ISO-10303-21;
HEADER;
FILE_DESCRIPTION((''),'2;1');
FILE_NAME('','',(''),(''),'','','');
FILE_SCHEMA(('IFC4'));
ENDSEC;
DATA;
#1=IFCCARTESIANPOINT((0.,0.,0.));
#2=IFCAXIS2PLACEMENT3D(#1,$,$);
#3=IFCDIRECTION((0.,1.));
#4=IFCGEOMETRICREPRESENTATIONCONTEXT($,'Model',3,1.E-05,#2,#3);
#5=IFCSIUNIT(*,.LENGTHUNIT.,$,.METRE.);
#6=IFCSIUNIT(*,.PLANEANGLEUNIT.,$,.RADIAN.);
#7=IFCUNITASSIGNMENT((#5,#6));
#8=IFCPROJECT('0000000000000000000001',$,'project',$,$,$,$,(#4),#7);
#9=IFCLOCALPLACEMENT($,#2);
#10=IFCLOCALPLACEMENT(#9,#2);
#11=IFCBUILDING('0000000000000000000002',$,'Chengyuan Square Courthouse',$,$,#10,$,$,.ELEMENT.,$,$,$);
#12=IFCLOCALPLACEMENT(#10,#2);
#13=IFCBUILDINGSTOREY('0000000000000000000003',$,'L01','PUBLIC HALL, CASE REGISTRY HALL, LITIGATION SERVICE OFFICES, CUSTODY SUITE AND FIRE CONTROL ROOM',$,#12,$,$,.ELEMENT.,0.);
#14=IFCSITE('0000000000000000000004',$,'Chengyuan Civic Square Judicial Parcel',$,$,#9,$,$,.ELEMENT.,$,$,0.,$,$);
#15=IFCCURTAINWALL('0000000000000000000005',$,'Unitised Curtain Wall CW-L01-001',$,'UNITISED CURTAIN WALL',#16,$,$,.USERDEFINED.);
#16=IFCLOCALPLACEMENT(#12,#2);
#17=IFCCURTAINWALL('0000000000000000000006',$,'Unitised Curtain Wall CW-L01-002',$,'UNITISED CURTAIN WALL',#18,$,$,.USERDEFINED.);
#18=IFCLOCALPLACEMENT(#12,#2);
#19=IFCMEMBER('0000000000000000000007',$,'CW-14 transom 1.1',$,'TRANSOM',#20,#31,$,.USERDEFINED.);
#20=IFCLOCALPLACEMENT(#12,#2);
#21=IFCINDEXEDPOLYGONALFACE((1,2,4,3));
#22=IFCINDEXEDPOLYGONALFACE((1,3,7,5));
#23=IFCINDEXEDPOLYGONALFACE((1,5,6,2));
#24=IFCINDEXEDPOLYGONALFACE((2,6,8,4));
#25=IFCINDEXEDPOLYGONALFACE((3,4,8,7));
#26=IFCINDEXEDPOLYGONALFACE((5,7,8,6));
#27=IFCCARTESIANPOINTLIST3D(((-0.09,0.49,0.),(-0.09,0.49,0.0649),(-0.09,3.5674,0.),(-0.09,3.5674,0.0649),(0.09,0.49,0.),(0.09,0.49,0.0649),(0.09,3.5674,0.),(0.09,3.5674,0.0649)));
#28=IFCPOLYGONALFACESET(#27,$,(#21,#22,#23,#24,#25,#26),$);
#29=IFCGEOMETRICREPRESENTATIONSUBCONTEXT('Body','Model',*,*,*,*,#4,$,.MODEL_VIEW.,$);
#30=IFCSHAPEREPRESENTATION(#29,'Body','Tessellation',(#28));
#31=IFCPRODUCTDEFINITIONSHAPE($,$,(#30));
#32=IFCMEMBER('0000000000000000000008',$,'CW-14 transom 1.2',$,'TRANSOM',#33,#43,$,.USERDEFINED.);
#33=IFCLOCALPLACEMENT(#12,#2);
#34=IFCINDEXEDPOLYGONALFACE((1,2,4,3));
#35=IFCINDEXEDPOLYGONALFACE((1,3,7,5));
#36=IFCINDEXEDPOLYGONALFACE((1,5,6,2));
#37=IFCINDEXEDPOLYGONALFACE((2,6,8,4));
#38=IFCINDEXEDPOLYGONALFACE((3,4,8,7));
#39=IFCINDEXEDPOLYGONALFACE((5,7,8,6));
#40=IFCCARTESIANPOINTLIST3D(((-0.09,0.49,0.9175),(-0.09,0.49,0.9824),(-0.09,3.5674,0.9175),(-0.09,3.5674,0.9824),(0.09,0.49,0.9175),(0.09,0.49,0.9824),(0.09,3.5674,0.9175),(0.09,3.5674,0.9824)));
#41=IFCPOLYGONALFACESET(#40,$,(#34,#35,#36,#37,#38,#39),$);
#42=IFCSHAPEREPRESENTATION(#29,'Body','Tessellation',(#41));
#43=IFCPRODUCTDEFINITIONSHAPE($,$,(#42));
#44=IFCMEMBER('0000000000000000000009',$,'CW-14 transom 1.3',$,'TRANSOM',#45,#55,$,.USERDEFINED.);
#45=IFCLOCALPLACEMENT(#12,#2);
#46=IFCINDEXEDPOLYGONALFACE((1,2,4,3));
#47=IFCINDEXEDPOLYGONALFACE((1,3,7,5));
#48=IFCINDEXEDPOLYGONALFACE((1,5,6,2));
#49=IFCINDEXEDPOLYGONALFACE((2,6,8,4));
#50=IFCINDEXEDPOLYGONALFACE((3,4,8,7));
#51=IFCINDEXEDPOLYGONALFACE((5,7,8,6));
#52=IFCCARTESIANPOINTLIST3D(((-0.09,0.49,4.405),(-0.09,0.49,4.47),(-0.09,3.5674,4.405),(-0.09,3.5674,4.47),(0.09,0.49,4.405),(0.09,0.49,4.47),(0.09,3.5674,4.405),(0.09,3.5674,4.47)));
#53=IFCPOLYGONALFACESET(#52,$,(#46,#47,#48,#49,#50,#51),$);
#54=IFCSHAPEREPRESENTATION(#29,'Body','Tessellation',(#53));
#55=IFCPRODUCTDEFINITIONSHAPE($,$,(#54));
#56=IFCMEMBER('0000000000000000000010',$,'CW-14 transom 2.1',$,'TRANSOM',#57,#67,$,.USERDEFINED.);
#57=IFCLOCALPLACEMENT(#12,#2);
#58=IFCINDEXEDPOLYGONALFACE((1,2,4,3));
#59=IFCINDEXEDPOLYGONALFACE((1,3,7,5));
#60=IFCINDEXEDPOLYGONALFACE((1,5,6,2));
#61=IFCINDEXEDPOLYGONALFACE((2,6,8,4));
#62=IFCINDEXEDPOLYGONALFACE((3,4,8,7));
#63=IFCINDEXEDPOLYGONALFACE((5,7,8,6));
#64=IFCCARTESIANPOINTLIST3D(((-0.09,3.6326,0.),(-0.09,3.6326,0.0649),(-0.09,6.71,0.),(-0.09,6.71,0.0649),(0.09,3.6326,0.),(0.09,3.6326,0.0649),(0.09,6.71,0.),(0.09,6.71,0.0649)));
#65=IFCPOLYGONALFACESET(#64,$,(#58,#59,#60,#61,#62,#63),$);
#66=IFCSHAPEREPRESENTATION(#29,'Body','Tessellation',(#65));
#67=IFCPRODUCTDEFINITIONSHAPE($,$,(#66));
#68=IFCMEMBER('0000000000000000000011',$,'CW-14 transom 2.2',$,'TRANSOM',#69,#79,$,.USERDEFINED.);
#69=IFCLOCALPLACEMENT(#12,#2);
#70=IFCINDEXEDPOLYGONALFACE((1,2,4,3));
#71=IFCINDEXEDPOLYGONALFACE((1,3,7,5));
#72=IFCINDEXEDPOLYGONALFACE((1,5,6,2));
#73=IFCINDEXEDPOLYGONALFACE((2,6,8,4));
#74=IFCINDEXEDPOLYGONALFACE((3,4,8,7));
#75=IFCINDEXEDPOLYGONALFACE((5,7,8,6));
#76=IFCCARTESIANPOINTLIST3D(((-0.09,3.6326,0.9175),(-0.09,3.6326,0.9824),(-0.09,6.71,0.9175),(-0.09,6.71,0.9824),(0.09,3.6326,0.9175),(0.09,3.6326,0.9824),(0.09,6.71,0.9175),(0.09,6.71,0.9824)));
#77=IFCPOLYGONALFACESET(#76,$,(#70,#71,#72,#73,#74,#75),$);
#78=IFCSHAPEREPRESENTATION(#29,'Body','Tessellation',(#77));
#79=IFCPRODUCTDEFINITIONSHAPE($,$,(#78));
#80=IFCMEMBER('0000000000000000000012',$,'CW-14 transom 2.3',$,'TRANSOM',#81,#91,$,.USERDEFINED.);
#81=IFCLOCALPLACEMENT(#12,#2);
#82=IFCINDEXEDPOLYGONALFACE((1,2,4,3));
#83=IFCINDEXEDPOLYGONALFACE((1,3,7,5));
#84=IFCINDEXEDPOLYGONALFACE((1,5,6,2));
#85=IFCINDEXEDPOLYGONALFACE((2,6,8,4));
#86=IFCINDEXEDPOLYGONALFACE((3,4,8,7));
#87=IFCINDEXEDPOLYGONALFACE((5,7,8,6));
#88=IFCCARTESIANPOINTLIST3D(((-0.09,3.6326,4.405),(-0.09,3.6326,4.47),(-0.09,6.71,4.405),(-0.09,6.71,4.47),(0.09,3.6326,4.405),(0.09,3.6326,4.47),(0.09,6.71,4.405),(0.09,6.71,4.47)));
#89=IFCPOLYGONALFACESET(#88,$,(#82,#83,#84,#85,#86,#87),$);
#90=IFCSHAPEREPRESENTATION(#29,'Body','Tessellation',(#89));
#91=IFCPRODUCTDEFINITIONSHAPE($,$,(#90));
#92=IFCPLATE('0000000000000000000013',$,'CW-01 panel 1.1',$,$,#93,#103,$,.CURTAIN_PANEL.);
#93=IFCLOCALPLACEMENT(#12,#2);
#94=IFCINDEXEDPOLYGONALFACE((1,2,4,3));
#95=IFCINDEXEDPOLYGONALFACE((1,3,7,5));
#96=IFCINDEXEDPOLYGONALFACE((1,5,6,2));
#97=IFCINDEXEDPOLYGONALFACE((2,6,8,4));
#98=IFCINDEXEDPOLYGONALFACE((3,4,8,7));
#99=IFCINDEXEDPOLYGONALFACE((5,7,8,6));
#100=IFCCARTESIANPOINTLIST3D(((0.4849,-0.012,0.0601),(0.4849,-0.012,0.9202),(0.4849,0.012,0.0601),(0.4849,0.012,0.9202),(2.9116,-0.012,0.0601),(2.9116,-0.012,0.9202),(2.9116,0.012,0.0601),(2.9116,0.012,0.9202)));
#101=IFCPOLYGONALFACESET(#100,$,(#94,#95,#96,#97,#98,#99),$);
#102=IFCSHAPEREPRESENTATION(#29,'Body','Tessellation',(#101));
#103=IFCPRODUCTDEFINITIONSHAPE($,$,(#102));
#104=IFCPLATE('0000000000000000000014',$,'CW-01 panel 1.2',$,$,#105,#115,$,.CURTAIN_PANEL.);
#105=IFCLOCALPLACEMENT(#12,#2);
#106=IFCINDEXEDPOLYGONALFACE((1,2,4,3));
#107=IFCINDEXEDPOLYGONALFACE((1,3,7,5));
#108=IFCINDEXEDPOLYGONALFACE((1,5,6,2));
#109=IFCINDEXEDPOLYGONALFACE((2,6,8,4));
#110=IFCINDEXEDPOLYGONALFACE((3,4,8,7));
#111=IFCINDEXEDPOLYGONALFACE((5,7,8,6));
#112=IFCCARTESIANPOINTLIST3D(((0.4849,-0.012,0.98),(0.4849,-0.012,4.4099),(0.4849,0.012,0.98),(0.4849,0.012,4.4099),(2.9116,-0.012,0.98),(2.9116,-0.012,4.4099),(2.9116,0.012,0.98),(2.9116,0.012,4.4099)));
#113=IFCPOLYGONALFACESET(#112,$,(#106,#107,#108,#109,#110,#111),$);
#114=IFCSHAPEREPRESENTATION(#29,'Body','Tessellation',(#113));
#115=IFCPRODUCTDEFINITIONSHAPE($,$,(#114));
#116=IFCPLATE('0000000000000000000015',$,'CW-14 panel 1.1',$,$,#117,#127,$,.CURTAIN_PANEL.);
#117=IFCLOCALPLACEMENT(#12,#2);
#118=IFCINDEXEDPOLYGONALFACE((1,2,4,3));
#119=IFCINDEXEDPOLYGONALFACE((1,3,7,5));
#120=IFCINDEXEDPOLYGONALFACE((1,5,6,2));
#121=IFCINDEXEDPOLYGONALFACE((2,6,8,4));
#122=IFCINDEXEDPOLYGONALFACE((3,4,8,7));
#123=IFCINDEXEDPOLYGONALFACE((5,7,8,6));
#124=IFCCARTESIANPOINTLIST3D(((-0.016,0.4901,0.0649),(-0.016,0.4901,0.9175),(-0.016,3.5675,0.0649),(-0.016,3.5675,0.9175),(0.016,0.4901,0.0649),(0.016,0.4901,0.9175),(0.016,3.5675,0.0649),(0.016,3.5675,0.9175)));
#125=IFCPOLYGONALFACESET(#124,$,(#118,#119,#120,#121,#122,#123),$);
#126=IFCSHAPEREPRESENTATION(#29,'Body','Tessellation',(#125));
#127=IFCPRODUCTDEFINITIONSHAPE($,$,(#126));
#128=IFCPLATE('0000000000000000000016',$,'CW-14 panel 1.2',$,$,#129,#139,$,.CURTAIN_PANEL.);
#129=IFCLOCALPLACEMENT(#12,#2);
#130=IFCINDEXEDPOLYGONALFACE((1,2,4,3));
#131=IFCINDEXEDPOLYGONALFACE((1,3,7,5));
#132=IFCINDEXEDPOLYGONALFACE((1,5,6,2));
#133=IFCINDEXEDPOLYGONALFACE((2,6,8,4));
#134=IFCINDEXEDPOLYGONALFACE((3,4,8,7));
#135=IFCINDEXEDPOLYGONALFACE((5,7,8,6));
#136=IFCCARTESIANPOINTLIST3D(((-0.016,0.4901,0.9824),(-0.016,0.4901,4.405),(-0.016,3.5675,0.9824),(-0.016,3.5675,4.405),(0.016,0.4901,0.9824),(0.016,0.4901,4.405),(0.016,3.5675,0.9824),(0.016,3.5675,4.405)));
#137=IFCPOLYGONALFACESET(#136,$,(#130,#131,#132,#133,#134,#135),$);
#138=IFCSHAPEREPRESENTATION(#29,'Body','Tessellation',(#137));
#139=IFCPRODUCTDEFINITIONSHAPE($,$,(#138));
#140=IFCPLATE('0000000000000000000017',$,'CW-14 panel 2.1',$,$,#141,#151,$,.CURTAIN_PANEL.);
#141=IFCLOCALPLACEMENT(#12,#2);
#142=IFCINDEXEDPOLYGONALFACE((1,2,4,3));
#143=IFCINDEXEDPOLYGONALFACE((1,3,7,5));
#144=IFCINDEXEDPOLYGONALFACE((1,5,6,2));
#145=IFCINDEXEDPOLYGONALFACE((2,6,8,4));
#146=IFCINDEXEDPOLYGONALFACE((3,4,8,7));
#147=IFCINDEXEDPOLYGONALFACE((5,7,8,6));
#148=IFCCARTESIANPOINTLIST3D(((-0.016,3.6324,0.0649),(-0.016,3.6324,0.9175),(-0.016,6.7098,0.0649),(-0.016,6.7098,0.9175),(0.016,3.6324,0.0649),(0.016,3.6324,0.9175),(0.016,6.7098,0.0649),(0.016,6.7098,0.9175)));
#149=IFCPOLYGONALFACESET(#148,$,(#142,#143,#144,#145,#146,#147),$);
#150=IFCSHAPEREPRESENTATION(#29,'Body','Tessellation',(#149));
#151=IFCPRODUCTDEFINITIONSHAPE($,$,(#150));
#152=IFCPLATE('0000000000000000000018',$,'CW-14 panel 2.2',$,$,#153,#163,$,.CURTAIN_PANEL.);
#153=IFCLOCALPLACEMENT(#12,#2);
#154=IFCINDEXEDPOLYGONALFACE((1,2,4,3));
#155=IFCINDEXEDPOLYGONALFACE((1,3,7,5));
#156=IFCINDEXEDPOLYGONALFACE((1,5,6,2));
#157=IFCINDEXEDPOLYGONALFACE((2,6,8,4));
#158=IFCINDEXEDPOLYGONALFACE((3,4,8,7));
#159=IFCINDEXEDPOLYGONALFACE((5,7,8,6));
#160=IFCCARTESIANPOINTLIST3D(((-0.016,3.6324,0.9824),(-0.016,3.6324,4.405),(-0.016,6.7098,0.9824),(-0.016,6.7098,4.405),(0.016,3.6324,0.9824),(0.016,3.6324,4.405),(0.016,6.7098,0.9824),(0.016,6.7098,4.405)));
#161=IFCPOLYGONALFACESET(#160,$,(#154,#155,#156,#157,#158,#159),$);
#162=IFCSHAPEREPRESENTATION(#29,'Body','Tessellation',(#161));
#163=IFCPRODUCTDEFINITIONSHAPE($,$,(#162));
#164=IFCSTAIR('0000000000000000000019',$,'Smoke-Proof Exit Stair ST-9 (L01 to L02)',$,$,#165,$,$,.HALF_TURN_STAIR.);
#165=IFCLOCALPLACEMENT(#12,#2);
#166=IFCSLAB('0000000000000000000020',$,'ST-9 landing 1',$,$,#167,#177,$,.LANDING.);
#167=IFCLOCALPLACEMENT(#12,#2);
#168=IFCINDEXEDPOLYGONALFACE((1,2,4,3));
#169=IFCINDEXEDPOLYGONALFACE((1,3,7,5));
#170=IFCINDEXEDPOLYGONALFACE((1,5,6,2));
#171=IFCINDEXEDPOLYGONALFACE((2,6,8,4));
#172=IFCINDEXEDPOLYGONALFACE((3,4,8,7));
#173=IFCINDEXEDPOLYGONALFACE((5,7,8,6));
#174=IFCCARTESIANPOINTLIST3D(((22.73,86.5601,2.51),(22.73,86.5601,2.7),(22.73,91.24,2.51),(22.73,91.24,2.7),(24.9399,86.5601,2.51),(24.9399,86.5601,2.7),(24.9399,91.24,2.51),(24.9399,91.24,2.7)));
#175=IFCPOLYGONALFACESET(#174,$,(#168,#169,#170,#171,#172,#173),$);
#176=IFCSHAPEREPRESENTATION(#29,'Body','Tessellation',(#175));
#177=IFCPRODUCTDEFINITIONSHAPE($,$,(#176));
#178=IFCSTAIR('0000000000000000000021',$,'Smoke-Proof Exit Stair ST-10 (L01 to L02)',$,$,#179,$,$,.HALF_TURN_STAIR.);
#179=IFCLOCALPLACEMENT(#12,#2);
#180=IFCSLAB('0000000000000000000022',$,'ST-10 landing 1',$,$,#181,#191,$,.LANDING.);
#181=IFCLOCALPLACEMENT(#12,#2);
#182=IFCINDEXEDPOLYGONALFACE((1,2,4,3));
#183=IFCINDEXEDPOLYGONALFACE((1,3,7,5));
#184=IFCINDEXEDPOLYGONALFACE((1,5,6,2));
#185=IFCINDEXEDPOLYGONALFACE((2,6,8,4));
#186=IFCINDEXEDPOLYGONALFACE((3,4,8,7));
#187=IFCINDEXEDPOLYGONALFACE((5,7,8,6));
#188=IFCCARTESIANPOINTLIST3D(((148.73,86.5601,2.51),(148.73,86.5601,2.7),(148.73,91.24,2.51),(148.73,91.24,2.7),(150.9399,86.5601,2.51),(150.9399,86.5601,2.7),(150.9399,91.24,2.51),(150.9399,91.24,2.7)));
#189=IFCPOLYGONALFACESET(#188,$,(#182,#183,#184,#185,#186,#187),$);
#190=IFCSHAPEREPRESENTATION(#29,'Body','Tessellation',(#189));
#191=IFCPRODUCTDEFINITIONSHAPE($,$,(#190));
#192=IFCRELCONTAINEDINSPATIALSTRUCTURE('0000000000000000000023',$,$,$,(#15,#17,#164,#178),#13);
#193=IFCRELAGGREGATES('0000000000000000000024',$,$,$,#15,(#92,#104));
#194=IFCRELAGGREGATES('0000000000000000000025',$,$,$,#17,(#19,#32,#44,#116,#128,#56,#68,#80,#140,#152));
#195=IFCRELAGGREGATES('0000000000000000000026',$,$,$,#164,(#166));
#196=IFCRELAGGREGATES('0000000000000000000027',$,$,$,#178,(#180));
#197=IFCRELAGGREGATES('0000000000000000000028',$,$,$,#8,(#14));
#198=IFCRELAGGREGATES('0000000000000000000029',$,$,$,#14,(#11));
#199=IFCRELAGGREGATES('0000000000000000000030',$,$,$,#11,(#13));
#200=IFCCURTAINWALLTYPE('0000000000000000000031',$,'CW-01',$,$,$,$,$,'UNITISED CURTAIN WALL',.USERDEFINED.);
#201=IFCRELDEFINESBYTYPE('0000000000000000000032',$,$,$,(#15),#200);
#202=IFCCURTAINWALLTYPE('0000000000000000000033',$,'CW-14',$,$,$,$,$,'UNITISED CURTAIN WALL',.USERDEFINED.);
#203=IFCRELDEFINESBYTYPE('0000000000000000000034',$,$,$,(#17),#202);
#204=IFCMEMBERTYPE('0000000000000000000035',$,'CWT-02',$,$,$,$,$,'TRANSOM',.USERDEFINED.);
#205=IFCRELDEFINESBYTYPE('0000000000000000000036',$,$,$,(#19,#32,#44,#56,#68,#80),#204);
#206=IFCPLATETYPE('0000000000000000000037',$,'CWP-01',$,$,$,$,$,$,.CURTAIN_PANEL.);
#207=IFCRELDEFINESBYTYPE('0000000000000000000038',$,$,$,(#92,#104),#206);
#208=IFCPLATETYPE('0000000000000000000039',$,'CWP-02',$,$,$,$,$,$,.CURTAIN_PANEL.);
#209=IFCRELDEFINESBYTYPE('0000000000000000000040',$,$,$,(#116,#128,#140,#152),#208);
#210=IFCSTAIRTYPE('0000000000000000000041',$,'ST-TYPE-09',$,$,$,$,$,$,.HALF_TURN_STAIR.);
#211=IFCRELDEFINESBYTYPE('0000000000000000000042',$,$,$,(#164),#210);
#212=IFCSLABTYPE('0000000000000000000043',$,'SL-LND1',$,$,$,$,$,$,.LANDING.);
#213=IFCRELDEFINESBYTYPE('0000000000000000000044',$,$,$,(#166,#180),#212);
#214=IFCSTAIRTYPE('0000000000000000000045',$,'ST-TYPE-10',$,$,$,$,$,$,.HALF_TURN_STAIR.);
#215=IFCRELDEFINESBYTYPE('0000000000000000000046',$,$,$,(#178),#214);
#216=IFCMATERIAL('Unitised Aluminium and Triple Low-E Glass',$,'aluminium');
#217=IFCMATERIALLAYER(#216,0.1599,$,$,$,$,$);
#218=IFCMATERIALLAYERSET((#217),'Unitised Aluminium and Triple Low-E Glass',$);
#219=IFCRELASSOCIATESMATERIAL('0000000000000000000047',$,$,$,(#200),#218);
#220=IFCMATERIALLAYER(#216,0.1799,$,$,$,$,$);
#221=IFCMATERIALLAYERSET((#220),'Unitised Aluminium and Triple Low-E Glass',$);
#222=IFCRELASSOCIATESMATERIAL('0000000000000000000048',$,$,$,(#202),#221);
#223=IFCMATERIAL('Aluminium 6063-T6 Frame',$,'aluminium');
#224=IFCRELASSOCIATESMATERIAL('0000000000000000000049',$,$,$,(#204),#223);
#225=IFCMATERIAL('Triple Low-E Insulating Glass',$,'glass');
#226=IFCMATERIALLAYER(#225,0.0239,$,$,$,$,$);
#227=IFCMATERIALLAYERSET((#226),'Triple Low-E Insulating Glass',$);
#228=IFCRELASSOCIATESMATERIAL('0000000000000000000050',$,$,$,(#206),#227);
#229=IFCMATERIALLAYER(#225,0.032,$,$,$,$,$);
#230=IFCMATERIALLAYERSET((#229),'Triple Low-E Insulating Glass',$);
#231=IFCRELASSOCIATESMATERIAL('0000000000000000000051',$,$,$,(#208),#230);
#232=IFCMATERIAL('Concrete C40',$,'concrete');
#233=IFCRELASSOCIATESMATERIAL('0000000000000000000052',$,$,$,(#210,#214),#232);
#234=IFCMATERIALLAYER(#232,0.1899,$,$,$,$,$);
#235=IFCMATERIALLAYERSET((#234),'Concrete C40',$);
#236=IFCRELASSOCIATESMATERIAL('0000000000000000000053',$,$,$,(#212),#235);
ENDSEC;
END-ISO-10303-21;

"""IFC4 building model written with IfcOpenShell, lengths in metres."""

from ifc_helpers import new_model, si_unit, direction, frame, origin, origin_2d, place, context, subcontext, project, spatial, polyline, rectangle, outline, extrude, material, layer, layer_set, material_profile, profile_set, type_object, element, aggregate, save


model = new_model("IFC4")

# Units and contexts
model_context = context("Model", 3, precision=1e-05, world=origin(), true_north=direction((0.0, 1.0)))
body_context = subcontext(model_context, "Body", "Model", "MODEL_VIEW")
ifc_project = project(units=[si_unit("LENGTHUNIT", "METRE"), si_unit("PLANEANGLEUNIT", "RADIAN")], contexts=[model_context])

# Site, building, storey
site_placement = place(None, origin())
site = spatial("IfcSite", under=ifc_project, at=site_placement, Name="Chengyuan Civic Square Judicial Parcel", CompositionType="ELEMENT", RefElevation=0.0)
building_placement = place(site_placement, origin())
building = spatial("IfcBuilding", under=site, at=building_placement, Name="Chengyuan Square Courthouse", CompositionType="ELEMENT")
storey_placement = place(building_placement, origin())
storey = spatial("IfcBuildingStorey", under=building, at=storey_placement, Name="L01", Description="PUBLIC HALL, CASE REGISTRY HALL, LITIGATION SERVICE OFFICES, CUSTODY SUITE AND FIRE CONTROL ROOM", CompositionType="ELEMENT", Elevation=0.0)

# Shared definitions
ifc_material_1 = material(Name="Concrete C40", Category="concrete")

# Curtain walls
ifc_material_2 = material(Name="Unitised Aluminium and Triple Low-E Glass", Category="aluminium")
ifc_layer_1 = layer(ifc_material_2, 0.1599)
ifc_layer_set_1 = layer_set([ifc_layer_1], Name="Unitised Aluminium and Triple Low-E Glass")
curtain_wall_type_1 = type_object("IfcCurtainWallType", Name="CW-01", ElementType="UNITISED CURTAIN WALL", PredefinedType="USERDEFINED", material=ifc_layer_set_1)
curtain_wall_1_placement = place(storey_placement, origin())
curtain_wall_1 = element("IfcCurtainWall", 1, at=curtain_wall_1_placement, inside=storey, type_object=curtain_wall_type_1, Name="Unitised Curtain Wall CW-L01-001", ObjectType="UNITISED CURTAIN WALL", PredefinedType="USERDEFINED")
ifc_material_3 = material(Name="Aluminium 6063-T6 Frame", Category="aluminium")
ifc_layer_2 = layer(ifc_material_2, 0.1799)
ifc_layer_set_2 = layer_set([ifc_layer_2], Name="Unitised Aluminium and Triple Low-E Glass")
curtain_wall_type_2 = type_object("IfcCurtainWallType", Name="CW-14", ElementType="UNITISED CURTAIN WALL", PredefinedType="USERDEFINED", material=ifc_layer_set_2)
curtain_wall_2_placement = place(storey_placement, origin())
curtain_wall_2 = element("IfcCurtainWall", 2, at=curtain_wall_2_placement, inside=storey, type_object=curtain_wall_type_2, Name="Unitised Curtain Wall CW-L01-002", ObjectType="UNITISED CURTAIN WALL", PredefinedType="USERDEFINED")

# Members
ifc_material_profile_1 = material_profile(ifc_material_3, rectangle(XDim=0.1799, YDim=0.0649, at=origin_2d()), Name="CW-TRN-65x140")
ifc_profile_set_1 = profile_set([ifc_material_profile_1], Name="Aluminium 6063-T6 Frame")
member_type_1 = type_object("IfcMemberType", Name="CWT-02", ElementType="TRANSOM", PredefinedType="USERDEFINED", material=ifc_profile_set_1)
member_1_placement = place(storey_placement, frame((0.0, 0.49, 0.0325), z_axis=(0.0, 1.0, 0.0), x_axis=(-1.0, 0.0, 0.0)))
member_1 = element("IfcMember", 3, at=member_1_placement, type_object=member_type_1, Name="CW-14 transom 1.1", ObjectType="TRANSOM", PredefinedType="USERDEFINED", context=body_context, shape_type="SweptSolid", body=[
    extrude(rectangle(XDim=0.1799, YDim=0.0649, at=origin_2d()), origin(), (0.0, 0.0, 1.0), 3.0774),
])
member_2_placement = place(storey_placement, frame((0.0, 0.49, 0.95), z_axis=(0.0, 1.0, 0.0), x_axis=(-1.0, 0.0, 0.0)))
member_2 = element("IfcMember", 4, at=member_2_placement, type_object=member_type_1, Name="CW-14 transom 1.2", ObjectType="TRANSOM", PredefinedType="USERDEFINED", context=body_context, shape_type="SweptSolid", body=[
    extrude(rectangle(XDim=0.1799, YDim=0.0649, at=origin_2d()), origin(), (0.0, 0.0, 1.0), 3.0774),
])
member_3_placement = place(storey_placement, frame((0.0, 0.49, 4.4375), z_axis=(0.0, 1.0, 0.0), x_axis=(-1.0, 0.0, 0.0)))
member_3 = element("IfcMember", 5, at=member_3_placement, type_object=member_type_1, Name="CW-14 transom 1.3", ObjectType="TRANSOM", PredefinedType="USERDEFINED", context=body_context, shape_type="SweptSolid", body=[
    extrude(rectangle(XDim=0.1799, YDim=0.0649, at=origin_2d()), origin(), (0.0, 0.0, 1.0), 3.0774),
])
member_4_placement = place(storey_placement, frame((0.0, 3.6326, 0.0325), z_axis=(0.0, 1.0, 0.0), x_axis=(-1.0, 0.0, 0.0)))
member_4 = element("IfcMember", 6, at=member_4_placement, type_object=member_type_1, Name="CW-14 transom 2.1", ObjectType="TRANSOM", PredefinedType="USERDEFINED", context=body_context, shape_type="SweptSolid", body=[
    extrude(rectangle(XDim=0.1799, YDim=0.0649, at=origin_2d()), origin(), (0.0, 0.0, 1.0), 3.0774),
])
member_5_placement = place(storey_placement, frame((0.0, 3.6326, 0.95), z_axis=(0.0, 1.0, 0.0), x_axis=(-1.0, 0.0, 0.0)))
member_5 = element("IfcMember", 7, at=member_5_placement, type_object=member_type_1, Name="CW-14 transom 2.2", ObjectType="TRANSOM", PredefinedType="USERDEFINED", context=body_context, shape_type="SweptSolid", body=[
    extrude(rectangle(XDim=0.1799, YDim=0.0649, at=origin_2d()), origin(), (0.0, 0.0, 1.0), 3.0774),
])
member_6_placement = place(storey_placement, frame((0.0, 3.6326, 4.4375), z_axis=(0.0, 1.0, 0.0), x_axis=(-1.0, 0.0, 0.0)))
member_6 = element("IfcMember", 8, at=member_6_placement, type_object=member_type_1, Name="CW-14 transom 2.3", ObjectType="TRANSOM", PredefinedType="USERDEFINED", context=body_context, shape_type="SweptSolid", body=[
    extrude(rectangle(XDim=0.1799, YDim=0.0649, at=origin_2d()), origin(), (0.0, 0.0, 1.0), 3.0774),
])

# Plates
ifc_material_4 = material(Name="Triple Low-E Insulating Glass", Category="glass")
ifc_layer_3 = layer(ifc_material_4, 0.0239)
ifc_layer_set_3 = layer_set([ifc_layer_3], Name="Triple Low-E Insulating Glass")
plate_type_1 = type_object("IfcPlateType", Name="CWP-01", PredefinedType="CURTAIN_PANEL", material=ifc_layer_set_3)
plate_1_placement = place(storey_placement, frame((1.6982, 0.0, 0.0601), z_axis=(0.0, 0.0, 1.0), x_axis=(1.0, 0.0, 0.0)))
plate_1 = element("IfcPlate", 9, at=plate_1_placement, type_object=plate_type_1, Name="CW-01 panel 1.1", PredefinedType="CURTAIN_PANEL", context=body_context, shape_type="SweptSolid", body=[
    extrude(rectangle(XDim=2.4268, YDim=0.0239, at=origin_2d()), origin(), (0.0, 0.0, 1.0), 0.8601),
])
plate_2_placement = place(storey_placement, frame((1.6982, 0.0, 0.98), z_axis=(0.0, 0.0, 1.0), x_axis=(1.0, 0.0, 0.0)))
plate_2 = element("IfcPlate", 10, at=plate_2_placement, type_object=plate_type_1, Name="CW-01 panel 1.2", PredefinedType="CURTAIN_PANEL", context=body_context, shape_type="SweptSolid", body=[
    extrude(rectangle(XDim=2.4268, YDim=0.0239, at=origin_2d()), origin(), (0.0, 0.0, 1.0), 3.4299),
])
aggregate(curtain_wall_1, [plate_1, plate_2])
ifc_layer_4 = layer(ifc_material_4, 0.032)
ifc_layer_set_4 = layer_set([ifc_layer_4], Name="Triple Low-E Insulating Glass")
plate_type_2 = type_object("IfcPlateType", Name="CWP-02", PredefinedType="CURTAIN_PANEL", material=ifc_layer_set_4)
plate_3_placement = place(storey_placement, frame((0.0, 2.0288, 0.0649), z_axis=(0.0, 0.0, 1.0), x_axis=(0.0, 1.0, 0.0)))
plate_3 = element("IfcPlate", 11, at=plate_3_placement, type_object=plate_type_2, Name="CW-14 panel 1.1", PredefinedType="CURTAIN_PANEL", context=body_context, shape_type="SweptSolid", body=[
    extrude(rectangle(XDim=3.0774, YDim=0.032, at=origin_2d()), origin(), (0.0, 0.0, 1.0), 0.8525),
])
plate_4_placement = place(storey_placement, frame((0.0, 2.0288, 0.9824), z_axis=(0.0, 0.0, 1.0), x_axis=(0.0, 1.0, 0.0)))
plate_4 = element("IfcPlate", 12, at=plate_4_placement, type_object=plate_type_2, Name="CW-14 panel 1.2", PredefinedType="CURTAIN_PANEL", context=body_context, shape_type="SweptSolid", body=[
    extrude(rectangle(XDim=3.0774, YDim=0.032, at=origin_2d()), origin(), (0.0, 0.0, 1.0), 3.4226),
])
plate_5_placement = place(storey_placement, frame((0.0, 5.1711, 0.0649), z_axis=(0.0, 0.0, 1.0), x_axis=(0.0, 1.0, 0.0)))
plate_5 = element("IfcPlate", 13, at=plate_5_placement, type_object=plate_type_2, Name="CW-14 panel 2.1", PredefinedType="CURTAIN_PANEL", context=body_context, shape_type="SweptSolid", body=[
    extrude(rectangle(XDim=3.0774, YDim=0.032, at=origin_2d()), origin(), (0.0, 0.0, 1.0), 0.8525),
])
plate_6_placement = place(storey_placement, frame((0.0, 5.1711, 0.9824), z_axis=(0.0, 0.0, 1.0), x_axis=(0.0, 1.0, 0.0)))
plate_6 = element("IfcPlate", 14, at=plate_6_placement, type_object=plate_type_2, Name="CW-14 panel 2.2", PredefinedType="CURTAIN_PANEL", context=body_context, shape_type="SweptSolid", body=[
    extrude(rectangle(XDim=3.0774, YDim=0.032, at=origin_2d()), origin(), (0.0, 0.0, 1.0), 3.4226),
])
aggregate(curtain_wall_2, [member_1, member_2, member_3, plate_3, plate_4, member_4, member_5, member_6, plate_5, plate_6])

# Stairs, slabs
stair_type_1 = type_object("IfcStairType", Name="ST-TYPE-09", PredefinedType="HALF_TURN_STAIR", material=ifc_material_1)
stair_1_placement = place(storey_placement, origin())
stair_1 = element("IfcStair", 15, at=stair_1_placement, inside=storey, type_object=stair_type_1, Name="Smoke-Proof Exit Stair ST-9 (L01 to L02)", PredefinedType="HALF_TURN_STAIR")
ifc_layer_5 = layer(ifc_material_1, 0.1899)
ifc_layer_set_5 = layer_set([ifc_layer_5], Name="Concrete C40")
slab_type = type_object("IfcSlabType", Name="SL-LND1", PredefinedType="LANDING", material=ifc_layer_set_5)
slab_1_placement = place(storey_placement, frame((0.0, 0.0, 2.51)))
slab_1 = element("IfcSlab", 16, at=slab_1_placement, type_object=slab_type, Name="ST-9 landing 1", PredefinedType="LANDING", context=body_context, shape_type="SweptSolid", body=[
    extrude(outline(polyline([(22.73, 86.5601), (24.9399, 86.5601), (24.9399, 91.24), (22.73, 91.24), (22.73, 86.5601)])), origin(), (0.0, 0.0, 1.0), 0.1899),
])
aggregate(stair_1, [slab_1])
stair_type_2 = type_object("IfcStairType", Name="ST-TYPE-10", PredefinedType="HALF_TURN_STAIR", material=ifc_material_1)
stair_2_placement = place(storey_placement, origin())
stair_2 = element("IfcStair", 17, at=stair_2_placement, inside=storey, type_object=stair_type_2, Name="Smoke-Proof Exit Stair ST-10 (L01 to L02)", PredefinedType="HALF_TURN_STAIR")
slab_2_placement = place(storey_placement, frame((0.0, 0.0, 2.51)))
slab_2 = element("IfcSlab", 18, at=slab_2_placement, type_object=slab_type, Name="ST-10 landing 1", PredefinedType="LANDING", context=body_context, shape_type="SweptSolid", body=[
    extrude(outline(polyline([(148.73, 86.5601), (150.9399, 86.5601), (150.9399, 91.24), (148.73, 91.24), (148.73, 86.5601)])), origin(), (0.0, 0.0, 1.0), 0.1899),
])
aggregate(stair_2, [slab_2])

save(model, "model.ifc")
